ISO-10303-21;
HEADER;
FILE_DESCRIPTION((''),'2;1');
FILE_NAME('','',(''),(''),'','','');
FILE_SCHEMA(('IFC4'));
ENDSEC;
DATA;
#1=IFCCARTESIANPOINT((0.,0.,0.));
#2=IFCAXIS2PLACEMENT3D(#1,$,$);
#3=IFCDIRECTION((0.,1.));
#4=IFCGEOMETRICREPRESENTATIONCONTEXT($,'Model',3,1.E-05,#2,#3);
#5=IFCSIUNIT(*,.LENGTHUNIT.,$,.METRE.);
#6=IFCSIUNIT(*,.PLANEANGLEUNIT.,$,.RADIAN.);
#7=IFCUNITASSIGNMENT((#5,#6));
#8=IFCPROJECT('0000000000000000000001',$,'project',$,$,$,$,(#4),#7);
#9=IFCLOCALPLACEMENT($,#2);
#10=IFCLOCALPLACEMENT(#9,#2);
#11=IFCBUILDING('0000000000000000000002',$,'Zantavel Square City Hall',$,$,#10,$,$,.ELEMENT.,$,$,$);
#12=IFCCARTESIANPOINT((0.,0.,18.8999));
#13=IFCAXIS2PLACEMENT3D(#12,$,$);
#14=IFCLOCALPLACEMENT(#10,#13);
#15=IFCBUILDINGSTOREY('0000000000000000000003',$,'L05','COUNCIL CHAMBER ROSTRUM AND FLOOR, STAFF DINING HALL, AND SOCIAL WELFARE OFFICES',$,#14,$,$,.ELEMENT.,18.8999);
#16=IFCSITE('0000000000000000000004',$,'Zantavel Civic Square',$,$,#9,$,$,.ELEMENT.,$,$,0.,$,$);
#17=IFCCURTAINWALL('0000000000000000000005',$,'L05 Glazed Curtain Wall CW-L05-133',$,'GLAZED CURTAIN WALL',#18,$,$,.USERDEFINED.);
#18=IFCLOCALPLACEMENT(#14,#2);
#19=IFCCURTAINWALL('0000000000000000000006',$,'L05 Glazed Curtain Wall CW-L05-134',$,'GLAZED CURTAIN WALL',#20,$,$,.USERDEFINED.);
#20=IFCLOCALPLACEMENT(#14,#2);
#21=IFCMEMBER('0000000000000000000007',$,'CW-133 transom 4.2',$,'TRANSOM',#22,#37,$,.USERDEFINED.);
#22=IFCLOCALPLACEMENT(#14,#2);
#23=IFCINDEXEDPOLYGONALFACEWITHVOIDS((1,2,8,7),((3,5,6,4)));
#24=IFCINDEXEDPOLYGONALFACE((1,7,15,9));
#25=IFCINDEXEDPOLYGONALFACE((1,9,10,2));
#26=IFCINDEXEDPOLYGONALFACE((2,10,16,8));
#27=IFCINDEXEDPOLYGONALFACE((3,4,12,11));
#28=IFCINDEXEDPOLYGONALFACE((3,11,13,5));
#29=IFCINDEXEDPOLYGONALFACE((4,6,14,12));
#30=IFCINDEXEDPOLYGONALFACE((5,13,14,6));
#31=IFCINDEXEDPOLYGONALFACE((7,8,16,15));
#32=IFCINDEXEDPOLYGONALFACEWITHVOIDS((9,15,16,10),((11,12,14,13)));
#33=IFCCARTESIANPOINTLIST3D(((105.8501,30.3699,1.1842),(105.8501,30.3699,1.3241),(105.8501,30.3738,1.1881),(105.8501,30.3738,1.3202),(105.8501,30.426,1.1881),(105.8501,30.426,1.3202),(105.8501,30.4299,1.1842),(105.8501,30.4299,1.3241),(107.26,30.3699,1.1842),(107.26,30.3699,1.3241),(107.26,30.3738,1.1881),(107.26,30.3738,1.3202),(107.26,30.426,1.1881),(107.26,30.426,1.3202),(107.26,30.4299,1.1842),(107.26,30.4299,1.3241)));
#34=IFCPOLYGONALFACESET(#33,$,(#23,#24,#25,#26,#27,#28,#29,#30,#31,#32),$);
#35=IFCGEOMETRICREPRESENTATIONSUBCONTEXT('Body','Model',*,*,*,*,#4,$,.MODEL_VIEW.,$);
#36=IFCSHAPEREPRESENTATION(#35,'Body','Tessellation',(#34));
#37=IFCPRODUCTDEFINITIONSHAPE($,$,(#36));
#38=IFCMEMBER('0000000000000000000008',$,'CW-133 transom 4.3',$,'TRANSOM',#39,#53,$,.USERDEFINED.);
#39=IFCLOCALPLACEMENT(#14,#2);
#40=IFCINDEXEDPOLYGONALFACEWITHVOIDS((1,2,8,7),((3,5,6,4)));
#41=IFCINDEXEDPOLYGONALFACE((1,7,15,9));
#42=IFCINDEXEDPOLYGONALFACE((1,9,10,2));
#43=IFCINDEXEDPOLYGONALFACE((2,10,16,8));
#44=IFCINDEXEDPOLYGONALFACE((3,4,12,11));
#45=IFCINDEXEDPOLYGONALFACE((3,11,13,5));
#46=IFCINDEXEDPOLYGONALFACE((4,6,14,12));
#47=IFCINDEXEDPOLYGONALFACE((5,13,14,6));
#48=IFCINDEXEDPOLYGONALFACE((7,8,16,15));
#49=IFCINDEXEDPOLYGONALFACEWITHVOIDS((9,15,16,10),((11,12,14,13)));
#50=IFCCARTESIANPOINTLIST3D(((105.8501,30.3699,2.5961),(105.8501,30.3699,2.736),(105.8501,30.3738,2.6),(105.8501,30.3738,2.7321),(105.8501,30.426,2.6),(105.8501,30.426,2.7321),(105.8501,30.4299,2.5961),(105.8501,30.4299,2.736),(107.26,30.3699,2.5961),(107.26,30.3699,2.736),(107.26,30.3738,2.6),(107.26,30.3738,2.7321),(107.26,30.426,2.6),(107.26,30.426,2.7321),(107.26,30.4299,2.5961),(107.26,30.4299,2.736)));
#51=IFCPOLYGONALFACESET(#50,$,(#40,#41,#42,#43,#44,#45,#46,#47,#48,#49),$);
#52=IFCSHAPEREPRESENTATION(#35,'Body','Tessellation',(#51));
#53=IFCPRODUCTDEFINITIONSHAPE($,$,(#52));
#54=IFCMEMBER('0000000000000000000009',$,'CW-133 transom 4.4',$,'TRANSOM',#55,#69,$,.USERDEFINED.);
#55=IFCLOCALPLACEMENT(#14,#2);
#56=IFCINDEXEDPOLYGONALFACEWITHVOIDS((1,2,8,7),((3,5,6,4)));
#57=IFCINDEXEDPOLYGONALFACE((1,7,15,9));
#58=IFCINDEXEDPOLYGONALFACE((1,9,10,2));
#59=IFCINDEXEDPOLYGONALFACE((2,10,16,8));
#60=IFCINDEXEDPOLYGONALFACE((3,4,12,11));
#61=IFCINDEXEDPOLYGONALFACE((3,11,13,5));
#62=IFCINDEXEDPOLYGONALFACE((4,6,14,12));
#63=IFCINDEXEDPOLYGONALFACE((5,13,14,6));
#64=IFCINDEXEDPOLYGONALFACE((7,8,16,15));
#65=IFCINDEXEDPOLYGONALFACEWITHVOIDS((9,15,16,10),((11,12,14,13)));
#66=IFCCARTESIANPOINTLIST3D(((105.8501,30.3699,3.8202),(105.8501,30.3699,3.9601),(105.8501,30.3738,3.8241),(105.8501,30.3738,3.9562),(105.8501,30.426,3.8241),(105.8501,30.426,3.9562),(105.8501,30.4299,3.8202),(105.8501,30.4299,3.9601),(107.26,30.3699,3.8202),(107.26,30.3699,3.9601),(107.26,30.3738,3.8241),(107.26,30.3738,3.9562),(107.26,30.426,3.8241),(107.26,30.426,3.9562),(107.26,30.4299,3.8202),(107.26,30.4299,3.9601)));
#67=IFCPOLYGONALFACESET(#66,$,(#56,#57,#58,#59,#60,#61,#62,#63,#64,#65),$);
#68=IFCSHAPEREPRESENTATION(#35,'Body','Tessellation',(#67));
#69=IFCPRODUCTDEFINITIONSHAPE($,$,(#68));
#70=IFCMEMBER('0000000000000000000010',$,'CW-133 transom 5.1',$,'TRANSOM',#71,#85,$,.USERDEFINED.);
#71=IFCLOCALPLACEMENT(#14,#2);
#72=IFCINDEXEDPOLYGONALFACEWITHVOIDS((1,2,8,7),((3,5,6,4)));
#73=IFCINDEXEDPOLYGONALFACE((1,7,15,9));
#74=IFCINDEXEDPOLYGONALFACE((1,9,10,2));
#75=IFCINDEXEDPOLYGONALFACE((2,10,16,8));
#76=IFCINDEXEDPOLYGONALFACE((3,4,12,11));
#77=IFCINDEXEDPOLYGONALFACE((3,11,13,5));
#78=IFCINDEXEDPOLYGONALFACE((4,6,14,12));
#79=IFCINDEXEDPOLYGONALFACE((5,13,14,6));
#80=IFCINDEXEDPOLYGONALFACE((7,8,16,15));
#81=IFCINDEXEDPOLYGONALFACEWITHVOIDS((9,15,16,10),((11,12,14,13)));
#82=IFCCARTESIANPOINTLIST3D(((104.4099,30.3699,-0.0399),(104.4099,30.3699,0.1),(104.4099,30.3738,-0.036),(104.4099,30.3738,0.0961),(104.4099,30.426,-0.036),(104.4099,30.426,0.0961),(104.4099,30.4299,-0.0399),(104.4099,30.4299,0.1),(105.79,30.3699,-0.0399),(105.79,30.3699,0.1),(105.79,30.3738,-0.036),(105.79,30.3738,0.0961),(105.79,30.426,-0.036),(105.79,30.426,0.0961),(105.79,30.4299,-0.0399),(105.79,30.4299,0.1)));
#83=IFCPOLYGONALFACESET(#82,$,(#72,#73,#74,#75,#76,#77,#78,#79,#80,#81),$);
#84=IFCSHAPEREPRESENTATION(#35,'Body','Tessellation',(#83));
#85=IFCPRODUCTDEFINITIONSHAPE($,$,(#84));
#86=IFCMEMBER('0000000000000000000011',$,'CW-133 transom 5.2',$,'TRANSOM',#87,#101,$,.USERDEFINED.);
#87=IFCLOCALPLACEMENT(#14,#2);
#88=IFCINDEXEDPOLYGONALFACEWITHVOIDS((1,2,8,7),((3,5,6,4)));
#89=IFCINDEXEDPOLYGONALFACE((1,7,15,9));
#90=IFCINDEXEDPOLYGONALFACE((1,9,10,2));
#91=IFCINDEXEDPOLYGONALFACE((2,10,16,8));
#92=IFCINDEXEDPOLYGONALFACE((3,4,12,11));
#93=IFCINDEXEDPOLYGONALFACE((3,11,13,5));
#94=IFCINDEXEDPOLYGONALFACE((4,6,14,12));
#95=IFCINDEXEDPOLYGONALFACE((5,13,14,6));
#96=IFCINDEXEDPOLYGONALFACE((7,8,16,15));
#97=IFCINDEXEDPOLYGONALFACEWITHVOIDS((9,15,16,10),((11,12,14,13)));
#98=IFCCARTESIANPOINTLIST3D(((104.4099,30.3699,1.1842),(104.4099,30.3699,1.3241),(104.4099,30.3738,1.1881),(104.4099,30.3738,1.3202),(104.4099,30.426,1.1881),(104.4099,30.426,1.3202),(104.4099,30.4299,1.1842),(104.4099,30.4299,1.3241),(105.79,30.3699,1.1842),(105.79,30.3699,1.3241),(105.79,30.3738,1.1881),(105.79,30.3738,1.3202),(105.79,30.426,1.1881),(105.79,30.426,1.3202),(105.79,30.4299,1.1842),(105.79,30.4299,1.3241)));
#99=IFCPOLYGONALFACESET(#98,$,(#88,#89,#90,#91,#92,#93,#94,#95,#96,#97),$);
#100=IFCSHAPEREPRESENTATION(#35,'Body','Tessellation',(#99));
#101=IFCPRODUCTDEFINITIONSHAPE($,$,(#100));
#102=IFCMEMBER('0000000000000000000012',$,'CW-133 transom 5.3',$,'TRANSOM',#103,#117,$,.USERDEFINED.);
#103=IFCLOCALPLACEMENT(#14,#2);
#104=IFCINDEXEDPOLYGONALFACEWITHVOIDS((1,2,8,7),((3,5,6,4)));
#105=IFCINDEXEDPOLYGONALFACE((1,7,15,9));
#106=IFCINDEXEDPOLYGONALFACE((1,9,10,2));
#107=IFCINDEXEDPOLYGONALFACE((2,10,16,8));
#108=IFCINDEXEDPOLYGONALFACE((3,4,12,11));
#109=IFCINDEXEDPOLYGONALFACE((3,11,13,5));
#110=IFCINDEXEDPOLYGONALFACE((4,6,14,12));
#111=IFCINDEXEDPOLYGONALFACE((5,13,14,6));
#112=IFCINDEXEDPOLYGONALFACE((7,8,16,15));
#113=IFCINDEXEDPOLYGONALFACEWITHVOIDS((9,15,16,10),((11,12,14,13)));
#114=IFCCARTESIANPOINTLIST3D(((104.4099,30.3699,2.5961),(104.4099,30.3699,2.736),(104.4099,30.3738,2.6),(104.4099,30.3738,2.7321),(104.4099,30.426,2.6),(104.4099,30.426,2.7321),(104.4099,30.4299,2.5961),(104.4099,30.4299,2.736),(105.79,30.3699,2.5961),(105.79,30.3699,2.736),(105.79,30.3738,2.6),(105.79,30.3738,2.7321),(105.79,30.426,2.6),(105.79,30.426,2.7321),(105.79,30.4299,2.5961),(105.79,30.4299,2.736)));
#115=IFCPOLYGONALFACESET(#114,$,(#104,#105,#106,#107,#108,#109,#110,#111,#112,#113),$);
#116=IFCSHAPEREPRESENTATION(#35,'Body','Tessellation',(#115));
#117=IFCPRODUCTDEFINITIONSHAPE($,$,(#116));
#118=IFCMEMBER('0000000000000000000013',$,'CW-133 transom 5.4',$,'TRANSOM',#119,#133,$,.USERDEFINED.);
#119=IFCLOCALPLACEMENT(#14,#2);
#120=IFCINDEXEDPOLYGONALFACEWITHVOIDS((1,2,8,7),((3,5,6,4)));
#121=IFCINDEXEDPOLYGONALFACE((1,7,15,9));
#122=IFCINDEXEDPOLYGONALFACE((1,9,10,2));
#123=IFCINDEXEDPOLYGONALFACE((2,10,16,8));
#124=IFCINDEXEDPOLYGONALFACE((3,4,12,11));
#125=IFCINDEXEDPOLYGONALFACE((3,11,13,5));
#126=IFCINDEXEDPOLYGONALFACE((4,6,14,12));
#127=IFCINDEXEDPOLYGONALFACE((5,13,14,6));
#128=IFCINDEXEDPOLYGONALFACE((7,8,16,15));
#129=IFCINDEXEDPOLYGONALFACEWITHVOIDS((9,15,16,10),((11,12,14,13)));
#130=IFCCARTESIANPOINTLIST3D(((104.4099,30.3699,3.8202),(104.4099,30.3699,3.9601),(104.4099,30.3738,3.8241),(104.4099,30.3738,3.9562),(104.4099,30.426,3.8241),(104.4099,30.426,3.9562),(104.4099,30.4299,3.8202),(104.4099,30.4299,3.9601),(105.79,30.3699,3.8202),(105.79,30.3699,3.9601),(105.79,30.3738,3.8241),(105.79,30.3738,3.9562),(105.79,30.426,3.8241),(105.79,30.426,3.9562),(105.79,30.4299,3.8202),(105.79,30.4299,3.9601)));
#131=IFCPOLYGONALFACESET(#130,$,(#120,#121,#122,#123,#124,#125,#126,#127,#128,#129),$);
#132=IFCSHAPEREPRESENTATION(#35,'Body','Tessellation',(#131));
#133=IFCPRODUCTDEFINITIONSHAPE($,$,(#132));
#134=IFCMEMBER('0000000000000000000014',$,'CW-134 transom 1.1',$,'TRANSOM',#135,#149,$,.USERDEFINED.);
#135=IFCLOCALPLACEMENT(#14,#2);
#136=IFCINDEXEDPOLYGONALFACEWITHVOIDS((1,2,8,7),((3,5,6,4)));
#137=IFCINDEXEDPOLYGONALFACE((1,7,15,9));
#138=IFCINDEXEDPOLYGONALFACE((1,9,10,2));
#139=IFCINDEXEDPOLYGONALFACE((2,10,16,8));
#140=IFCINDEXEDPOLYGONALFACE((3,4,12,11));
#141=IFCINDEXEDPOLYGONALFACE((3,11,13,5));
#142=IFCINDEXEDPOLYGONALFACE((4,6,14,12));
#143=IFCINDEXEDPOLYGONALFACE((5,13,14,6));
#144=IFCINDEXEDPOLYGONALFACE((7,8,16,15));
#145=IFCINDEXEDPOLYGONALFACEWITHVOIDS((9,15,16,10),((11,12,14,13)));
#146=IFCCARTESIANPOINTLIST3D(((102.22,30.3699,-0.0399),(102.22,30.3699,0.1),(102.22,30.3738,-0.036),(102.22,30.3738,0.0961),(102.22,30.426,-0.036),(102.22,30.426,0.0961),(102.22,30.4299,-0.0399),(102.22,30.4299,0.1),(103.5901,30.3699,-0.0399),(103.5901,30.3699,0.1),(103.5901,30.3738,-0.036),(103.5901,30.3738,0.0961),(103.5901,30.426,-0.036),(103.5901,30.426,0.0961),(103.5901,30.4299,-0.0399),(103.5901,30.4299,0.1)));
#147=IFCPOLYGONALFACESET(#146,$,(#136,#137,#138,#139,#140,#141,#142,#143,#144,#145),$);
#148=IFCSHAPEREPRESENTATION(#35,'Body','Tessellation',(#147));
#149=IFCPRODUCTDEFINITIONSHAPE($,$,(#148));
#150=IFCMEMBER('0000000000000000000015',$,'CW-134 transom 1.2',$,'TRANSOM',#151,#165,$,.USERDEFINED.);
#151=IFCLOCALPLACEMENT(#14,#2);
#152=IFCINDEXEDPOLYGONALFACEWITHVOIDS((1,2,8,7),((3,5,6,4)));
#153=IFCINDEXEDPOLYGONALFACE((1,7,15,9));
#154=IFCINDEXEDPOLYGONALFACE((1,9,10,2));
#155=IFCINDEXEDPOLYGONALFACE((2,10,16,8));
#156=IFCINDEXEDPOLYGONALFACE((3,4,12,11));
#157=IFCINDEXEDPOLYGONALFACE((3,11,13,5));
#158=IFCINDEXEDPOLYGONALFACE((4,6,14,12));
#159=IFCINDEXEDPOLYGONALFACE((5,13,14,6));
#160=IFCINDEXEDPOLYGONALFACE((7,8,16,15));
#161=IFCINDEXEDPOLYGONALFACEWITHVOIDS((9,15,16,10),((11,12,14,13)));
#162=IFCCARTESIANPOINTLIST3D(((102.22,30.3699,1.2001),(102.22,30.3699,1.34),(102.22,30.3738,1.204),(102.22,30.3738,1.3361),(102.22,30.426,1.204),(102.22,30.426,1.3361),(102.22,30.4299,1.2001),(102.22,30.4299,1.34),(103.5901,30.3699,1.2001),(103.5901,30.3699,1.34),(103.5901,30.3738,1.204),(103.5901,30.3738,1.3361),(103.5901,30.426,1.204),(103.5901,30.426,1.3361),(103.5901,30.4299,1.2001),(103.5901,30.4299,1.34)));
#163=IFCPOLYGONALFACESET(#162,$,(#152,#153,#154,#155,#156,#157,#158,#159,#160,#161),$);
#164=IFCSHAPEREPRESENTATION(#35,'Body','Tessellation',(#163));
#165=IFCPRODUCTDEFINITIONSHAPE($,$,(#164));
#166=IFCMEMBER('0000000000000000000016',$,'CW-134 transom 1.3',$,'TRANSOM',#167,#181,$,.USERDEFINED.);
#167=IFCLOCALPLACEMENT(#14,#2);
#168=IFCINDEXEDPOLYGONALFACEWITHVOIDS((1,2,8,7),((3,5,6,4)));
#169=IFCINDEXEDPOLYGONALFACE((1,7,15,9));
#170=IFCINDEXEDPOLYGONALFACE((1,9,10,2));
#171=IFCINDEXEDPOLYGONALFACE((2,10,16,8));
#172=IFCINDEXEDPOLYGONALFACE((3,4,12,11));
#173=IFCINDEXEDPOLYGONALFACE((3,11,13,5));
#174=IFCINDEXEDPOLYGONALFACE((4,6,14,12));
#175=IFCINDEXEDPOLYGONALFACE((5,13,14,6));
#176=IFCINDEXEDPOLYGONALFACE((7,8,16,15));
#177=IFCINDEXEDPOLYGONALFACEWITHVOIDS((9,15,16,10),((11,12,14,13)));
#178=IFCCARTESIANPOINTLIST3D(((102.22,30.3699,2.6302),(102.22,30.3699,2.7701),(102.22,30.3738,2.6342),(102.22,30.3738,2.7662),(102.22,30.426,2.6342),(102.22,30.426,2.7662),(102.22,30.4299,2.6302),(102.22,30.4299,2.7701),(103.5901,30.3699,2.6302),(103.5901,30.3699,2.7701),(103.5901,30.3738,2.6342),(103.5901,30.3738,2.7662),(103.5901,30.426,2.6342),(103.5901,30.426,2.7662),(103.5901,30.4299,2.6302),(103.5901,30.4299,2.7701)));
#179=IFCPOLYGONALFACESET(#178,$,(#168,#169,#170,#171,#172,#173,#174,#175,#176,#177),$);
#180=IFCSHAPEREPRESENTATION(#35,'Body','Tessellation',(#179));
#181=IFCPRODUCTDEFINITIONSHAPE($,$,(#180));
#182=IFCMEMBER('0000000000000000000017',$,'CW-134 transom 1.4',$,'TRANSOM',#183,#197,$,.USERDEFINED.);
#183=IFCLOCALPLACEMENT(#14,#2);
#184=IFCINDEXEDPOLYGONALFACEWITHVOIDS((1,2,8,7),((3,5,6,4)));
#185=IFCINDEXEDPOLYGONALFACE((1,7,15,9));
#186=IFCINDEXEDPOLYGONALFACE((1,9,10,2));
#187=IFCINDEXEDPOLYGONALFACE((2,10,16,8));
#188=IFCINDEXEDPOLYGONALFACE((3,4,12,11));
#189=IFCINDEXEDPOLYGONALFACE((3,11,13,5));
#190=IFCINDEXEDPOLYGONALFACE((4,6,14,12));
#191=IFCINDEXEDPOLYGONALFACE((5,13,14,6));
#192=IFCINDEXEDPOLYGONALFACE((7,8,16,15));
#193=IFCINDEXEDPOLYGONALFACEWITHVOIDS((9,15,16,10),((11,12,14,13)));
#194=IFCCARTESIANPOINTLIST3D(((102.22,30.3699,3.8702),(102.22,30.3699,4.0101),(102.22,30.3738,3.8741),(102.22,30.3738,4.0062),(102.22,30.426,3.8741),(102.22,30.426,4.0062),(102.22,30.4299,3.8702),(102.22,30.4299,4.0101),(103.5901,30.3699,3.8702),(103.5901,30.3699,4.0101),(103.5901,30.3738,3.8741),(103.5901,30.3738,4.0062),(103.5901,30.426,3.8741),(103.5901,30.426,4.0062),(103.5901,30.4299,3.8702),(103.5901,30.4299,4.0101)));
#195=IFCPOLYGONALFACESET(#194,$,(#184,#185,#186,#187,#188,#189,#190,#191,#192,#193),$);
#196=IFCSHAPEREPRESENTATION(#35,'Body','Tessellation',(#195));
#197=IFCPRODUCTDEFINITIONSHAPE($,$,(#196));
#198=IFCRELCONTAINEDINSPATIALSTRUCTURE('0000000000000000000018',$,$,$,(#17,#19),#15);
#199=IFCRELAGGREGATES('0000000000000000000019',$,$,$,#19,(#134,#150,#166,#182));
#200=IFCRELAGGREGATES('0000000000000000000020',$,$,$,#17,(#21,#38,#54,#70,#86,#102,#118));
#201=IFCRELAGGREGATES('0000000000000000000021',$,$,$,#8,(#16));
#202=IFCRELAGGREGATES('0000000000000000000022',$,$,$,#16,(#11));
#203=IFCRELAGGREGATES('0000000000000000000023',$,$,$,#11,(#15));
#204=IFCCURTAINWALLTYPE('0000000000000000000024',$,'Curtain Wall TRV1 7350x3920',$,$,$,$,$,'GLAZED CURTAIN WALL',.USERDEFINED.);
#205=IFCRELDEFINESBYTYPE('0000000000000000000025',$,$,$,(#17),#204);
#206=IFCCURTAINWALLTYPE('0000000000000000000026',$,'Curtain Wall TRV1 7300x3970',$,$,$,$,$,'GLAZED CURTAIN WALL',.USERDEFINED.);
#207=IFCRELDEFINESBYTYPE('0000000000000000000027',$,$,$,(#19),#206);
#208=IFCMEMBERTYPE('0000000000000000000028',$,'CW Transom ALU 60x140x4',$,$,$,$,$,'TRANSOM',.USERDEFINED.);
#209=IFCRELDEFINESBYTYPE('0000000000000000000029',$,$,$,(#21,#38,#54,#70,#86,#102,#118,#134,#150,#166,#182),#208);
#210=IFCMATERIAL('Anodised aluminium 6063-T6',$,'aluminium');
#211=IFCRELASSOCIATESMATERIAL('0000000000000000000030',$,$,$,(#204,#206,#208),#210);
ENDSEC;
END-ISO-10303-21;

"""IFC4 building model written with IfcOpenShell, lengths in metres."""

from ifc_helpers import new_model, si_unit, direction, frame, origin, origin_2d, place, context, subcontext, project, spatial, hollow_rectangle, extrude, material, material_profile, profile_set, type_object, element, aggregate, save


model = new_model("IFC4")

# Units and contexts
model_context = context("Model", 3, precision=1e-05, world=origin(), true_north=direction((0.0, 1.0)))
body_context = subcontext(model_context, "Body", "Model", "MODEL_VIEW")
ifc_project = project(units=[si_unit("LENGTHUNIT", "METRE"), si_unit("PLANEANGLEUNIT", "RADIAN")], contexts=[model_context])

# Site, building, storey
site_placement = place(None, origin())
site = spatial("IfcSite", under=ifc_project, at=site_placement, Name="Zantavel Civic Square", CompositionType="ELEMENT", RefElevation=0.0)
building_placement = place(site_placement, origin())
building = spatial("IfcBuilding", under=site, at=building_placement, Name="Zantavel Square City Hall", CompositionType="ELEMENT")
storey_placement = place(building_placement, frame((0.0, 0.0, 18.8999)))
storey = spatial("IfcBuildingStorey", under=building, at=storey_placement, Name="L05", Description="COUNCIL CHAMBER ROSTRUM AND FLOOR, STAFF DINING HALL, AND SOCIAL WELFARE OFFICES", CompositionType="ELEMENT", Elevation=18.8999)

# Curtain wall
ifc_material_1 = material(Name="Anodised aluminium 6063-T6", Category="aluminium")
curtain_wall_type_1 = type_object("IfcCurtainWallType", Name="Curtain Wall TRV1 7350x3920", ElementType="GLAZED CURTAIN WALL", PredefinedType="USERDEFINED", material=ifc_material_1)
curtain_wall_1_placement = place(storey_placement, origin())
curtain_wall_1 = element("IfcCurtainWall", 1, at=curtain_wall_1_placement, inside=storey, type_object=curtain_wall_type_1, Name="L05 Glazed Curtain Wall CW-L05-133", ObjectType="GLAZED CURTAIN WALL", PredefinedType="USERDEFINED")

# Curtain wall
curtain_wall_type_2 = type_object("IfcCurtainWallType", Name="Curtain Wall TRV1 7300x3970", ElementType="GLAZED CURTAIN WALL", PredefinedType="USERDEFINED", material=ifc_material_1)
curtain_wall_2_placement = place(storey_placement, origin())
curtain_wall_2 = element("IfcCurtainWall", 2, at=curtain_wall_2_placement, inside=storey, type_object=curtain_wall_type_2, Name="L05 Glazed Curtain Wall CW-L05-134", ObjectType="GLAZED CURTAIN WALL", PredefinedType="USERDEFINED")

# Members
ifc_material_profile_1 = material_profile(ifc_material_1, hollow_rectangle(XDim=0.0601, YDim=0.1399, WallThickness=0.0039, at=origin_2d()), Name="ALU 60x140x4")
ifc_profile_set_1 = profile_set([ifc_material_profile_1], Name="Anodised aluminium 6063-T6")
member_type_1 = type_object("IfcMemberType", Name="CW Transom ALU 60x140x4", ElementType="TRANSOM", PredefinedType="USERDEFINED", material=ifc_profile_set_1)
member_1_placement = place(storey_placement, frame((107.26, 30.3999, 1.2542), z_axis=(-1.0, 0.0, 0.0), x_axis=(0.0, -1.0, 0.0)))
member_1 = element("IfcMember", 3, at=member_1_placement, type_object=member_type_1, Name="CW-133 transom 4.2", ObjectType="TRANSOM", PredefinedType="USERDEFINED", context=body_context, shape_type="SweptSolid", body=[
    extrude(hollow_rectangle(XDim=0.0601, YDim=0.1399, WallThickness=0.0039, at=origin_2d()), origin(), (0.0, 0.0, 1.0), 1.4099),
])
member_2_placement = place(storey_placement, frame((107.26, 30.3999, 2.666), z_axis=(-1.0, 0.0, 0.0), x_axis=(0.0, -1.0, 0.0)))
member_2 = element("IfcMember", 4, at=member_2_placement, type_object=member_type_1, Name="CW-133 transom 4.3", ObjectType="TRANSOM", PredefinedType="USERDEFINED", context=body_context, shape_type="SweptSolid", body=[
    extrude(hollow_rectangle(XDim=0.0601, YDim=0.1399, WallThickness=0.0039, at=origin_2d()), origin(), (0.0, 0.0, 1.0), 1.4099),
])
member_3_placement = place(storey_placement, frame((107.26, 30.3999, 3.8901), z_axis=(-1.0, 0.0, 0.0), x_axis=(0.0, -1.0, 0.0)))
member_3 = element("IfcMember", 5, at=member_3_placement, type_object=member_type_1, Name="CW-133 transom 4.4", ObjectType="TRANSOM", PredefinedType="USERDEFINED", context=body_context, shape_type="SweptSolid", body=[
    extrude(hollow_rectangle(XDim=0.0601, YDim=0.1399, WallThickness=0.0039, at=origin_2d()), origin(), (0.0, 0.0, 1.0), 1.4099),
])
member_4_placement = place(storey_placement, frame((105.79, 30.3999, 0.03), z_axis=(-1.0, 0.0, 0.0), x_axis=(0.0, -1.0, 0.0)))
member_4 = element("IfcMember", 6, at=member_4_placement, type_object=member_type_1, Name="CW-133 transom 5.1", ObjectType="TRANSOM", PredefinedType="USERDEFINED", context=body_context, shape_type="SweptSolid", body=[
    extrude(hollow_rectangle(XDim=0.0601, YDim=0.1399, WallThickness=0.0039, at=origin_2d()), origin(), (0.0, 0.0, 1.0), 1.3801),
])
member_5_placement = place(storey_placement, frame((105.79, 30.3999, 1.2542), z_axis=(-1.0, 0.0, 0.0), x_axis=(0.0, -1.0, 0.0)))
member_5 = element("IfcMember", 7, at=member_5_placement, type_object=member_type_1, Name="CW-133 transom 5.2", ObjectType="TRANSOM", PredefinedType="USERDEFINED", context=body_context, shape_type="SweptSolid", body=[
    extrude(hollow_rectangle(XDim=0.0601, YDim=0.1399, WallThickness=0.0039, at=origin_2d()), origin(), (0.0, 0.0, 1.0), 1.3801),
])
member_6_placement = place(storey_placement, frame((105.79, 30.3999, 2.666), z_axis=(-1.0, 0.0, 0.0), x_axis=(0.0, -1.0, 0.0)))
member_6 = element("IfcMember", 8, at=member_6_placement, type_object=member_type_1, Name="CW-133 transom 5.3", ObjectType="TRANSOM", PredefinedType="USERDEFINED", context=body_context, shape_type="SweptSolid", body=[
    extrude(hollow_rectangle(XDim=0.0601, YDim=0.1399, WallThickness=0.0039, at=origin_2d()), origin(), (0.0, 0.0, 1.0), 1.3801),
])
member_7_placement = place(storey_placement, frame((105.79, 30.3999, 3.8901), z_axis=(-1.0, 0.0, 0.0), x_axis=(0.0, -1.0, 0.0)))
member_7 = element("IfcMember", 9, at=member_7_placement, type_object=member_type_1, Name="CW-133 transom 5.4", ObjectType="TRANSOM", PredefinedType="USERDEFINED", context=body_context, shape_type="SweptSolid", body=[
    extrude(hollow_rectangle(XDim=0.0601, YDim=0.1399, WallThickness=0.0039, at=origin_2d()), origin(), (0.0, 0.0, 1.0), 1.3801),
])
member_8_placement = place(storey_placement, frame((103.5901, 30.3999, 0.03), z_axis=(-1.0, 0.0, 0.0), x_axis=(0.0, -1.0, 0.0)))
member_8 = element("IfcMember", 10, at=member_8_placement, type_object=member_type_1, Name="CW-134 transom 1.1", ObjectType="TRANSOM", PredefinedType="USERDEFINED", context=body_context, shape_type="SweptSolid", body=[
    extrude(hollow_rectangle(XDim=0.0601, YDim=0.1399, WallThickness=0.0039, at=origin_2d()), origin(), (0.0, 0.0, 1.0), 1.3701),
])
member_9_placement = place(storey_placement, frame((103.5901, 30.3999, 1.27), z_axis=(-1.0, 0.0, 0.0), x_axis=(0.0, -1.0, 0.0)))
member_9 = element("IfcMember", 11, at=member_9_placement, type_object=member_type_1, Name="CW-134 transom 1.2", ObjectType="TRANSOM", PredefinedType="USERDEFINED", context=body_context, shape_type="SweptSolid", body=[
    extrude(hollow_rectangle(XDim=0.0601, YDim=0.1399, WallThickness=0.0039, at=origin_2d()), origin(), (0.0, 0.0, 1.0), 1.3701),
])
member_10_placement = place(storey_placement, frame((103.5901, 30.3999, 2.7002), z_axis=(-1.0, 0.0, 0.0), x_axis=(0.0, -1.0, 0.0)))
member_10 = element("IfcMember", 12, at=member_10_placement, type_object=member_type_1, Name="CW-134 transom 1.3", ObjectType="TRANSOM", PredefinedType="USERDEFINED", context=body_context, shape_type="SweptSolid", body=[
    extrude(hollow_rectangle(XDim=0.0601, YDim=0.1399, WallThickness=0.0039, at=origin_2d()), origin(), (0.0, 0.0, 1.0), 1.3701),
])
member_11_placement = place(storey_placement, frame((103.5901, 30.3999, 3.9402), z_axis=(-1.0, 0.0, 0.0), x_axis=(0.0, -1.0, 0.0)))
member_11 = element("IfcMember", 13, at=member_11_placement, type_object=member_type_1, Name="CW-134 transom 1.4", ObjectType="TRANSOM", PredefinedType="USERDEFINED", context=body_context, shape_type="SweptSolid", body=[
    extrude(hollow_rectangle(XDim=0.0601, YDim=0.1399, WallThickness=0.0039, at=origin_2d()), origin(), (0.0, 0.0, 1.0), 1.3701),
])

aggregate(curtain_wall_2, [member_8, member_9, member_10, member_11])
aggregate(curtain_wall_1, [member_1, member_2, member_3, member_4, member_5, member_6, member_7])

save(model, "model.ifc")
